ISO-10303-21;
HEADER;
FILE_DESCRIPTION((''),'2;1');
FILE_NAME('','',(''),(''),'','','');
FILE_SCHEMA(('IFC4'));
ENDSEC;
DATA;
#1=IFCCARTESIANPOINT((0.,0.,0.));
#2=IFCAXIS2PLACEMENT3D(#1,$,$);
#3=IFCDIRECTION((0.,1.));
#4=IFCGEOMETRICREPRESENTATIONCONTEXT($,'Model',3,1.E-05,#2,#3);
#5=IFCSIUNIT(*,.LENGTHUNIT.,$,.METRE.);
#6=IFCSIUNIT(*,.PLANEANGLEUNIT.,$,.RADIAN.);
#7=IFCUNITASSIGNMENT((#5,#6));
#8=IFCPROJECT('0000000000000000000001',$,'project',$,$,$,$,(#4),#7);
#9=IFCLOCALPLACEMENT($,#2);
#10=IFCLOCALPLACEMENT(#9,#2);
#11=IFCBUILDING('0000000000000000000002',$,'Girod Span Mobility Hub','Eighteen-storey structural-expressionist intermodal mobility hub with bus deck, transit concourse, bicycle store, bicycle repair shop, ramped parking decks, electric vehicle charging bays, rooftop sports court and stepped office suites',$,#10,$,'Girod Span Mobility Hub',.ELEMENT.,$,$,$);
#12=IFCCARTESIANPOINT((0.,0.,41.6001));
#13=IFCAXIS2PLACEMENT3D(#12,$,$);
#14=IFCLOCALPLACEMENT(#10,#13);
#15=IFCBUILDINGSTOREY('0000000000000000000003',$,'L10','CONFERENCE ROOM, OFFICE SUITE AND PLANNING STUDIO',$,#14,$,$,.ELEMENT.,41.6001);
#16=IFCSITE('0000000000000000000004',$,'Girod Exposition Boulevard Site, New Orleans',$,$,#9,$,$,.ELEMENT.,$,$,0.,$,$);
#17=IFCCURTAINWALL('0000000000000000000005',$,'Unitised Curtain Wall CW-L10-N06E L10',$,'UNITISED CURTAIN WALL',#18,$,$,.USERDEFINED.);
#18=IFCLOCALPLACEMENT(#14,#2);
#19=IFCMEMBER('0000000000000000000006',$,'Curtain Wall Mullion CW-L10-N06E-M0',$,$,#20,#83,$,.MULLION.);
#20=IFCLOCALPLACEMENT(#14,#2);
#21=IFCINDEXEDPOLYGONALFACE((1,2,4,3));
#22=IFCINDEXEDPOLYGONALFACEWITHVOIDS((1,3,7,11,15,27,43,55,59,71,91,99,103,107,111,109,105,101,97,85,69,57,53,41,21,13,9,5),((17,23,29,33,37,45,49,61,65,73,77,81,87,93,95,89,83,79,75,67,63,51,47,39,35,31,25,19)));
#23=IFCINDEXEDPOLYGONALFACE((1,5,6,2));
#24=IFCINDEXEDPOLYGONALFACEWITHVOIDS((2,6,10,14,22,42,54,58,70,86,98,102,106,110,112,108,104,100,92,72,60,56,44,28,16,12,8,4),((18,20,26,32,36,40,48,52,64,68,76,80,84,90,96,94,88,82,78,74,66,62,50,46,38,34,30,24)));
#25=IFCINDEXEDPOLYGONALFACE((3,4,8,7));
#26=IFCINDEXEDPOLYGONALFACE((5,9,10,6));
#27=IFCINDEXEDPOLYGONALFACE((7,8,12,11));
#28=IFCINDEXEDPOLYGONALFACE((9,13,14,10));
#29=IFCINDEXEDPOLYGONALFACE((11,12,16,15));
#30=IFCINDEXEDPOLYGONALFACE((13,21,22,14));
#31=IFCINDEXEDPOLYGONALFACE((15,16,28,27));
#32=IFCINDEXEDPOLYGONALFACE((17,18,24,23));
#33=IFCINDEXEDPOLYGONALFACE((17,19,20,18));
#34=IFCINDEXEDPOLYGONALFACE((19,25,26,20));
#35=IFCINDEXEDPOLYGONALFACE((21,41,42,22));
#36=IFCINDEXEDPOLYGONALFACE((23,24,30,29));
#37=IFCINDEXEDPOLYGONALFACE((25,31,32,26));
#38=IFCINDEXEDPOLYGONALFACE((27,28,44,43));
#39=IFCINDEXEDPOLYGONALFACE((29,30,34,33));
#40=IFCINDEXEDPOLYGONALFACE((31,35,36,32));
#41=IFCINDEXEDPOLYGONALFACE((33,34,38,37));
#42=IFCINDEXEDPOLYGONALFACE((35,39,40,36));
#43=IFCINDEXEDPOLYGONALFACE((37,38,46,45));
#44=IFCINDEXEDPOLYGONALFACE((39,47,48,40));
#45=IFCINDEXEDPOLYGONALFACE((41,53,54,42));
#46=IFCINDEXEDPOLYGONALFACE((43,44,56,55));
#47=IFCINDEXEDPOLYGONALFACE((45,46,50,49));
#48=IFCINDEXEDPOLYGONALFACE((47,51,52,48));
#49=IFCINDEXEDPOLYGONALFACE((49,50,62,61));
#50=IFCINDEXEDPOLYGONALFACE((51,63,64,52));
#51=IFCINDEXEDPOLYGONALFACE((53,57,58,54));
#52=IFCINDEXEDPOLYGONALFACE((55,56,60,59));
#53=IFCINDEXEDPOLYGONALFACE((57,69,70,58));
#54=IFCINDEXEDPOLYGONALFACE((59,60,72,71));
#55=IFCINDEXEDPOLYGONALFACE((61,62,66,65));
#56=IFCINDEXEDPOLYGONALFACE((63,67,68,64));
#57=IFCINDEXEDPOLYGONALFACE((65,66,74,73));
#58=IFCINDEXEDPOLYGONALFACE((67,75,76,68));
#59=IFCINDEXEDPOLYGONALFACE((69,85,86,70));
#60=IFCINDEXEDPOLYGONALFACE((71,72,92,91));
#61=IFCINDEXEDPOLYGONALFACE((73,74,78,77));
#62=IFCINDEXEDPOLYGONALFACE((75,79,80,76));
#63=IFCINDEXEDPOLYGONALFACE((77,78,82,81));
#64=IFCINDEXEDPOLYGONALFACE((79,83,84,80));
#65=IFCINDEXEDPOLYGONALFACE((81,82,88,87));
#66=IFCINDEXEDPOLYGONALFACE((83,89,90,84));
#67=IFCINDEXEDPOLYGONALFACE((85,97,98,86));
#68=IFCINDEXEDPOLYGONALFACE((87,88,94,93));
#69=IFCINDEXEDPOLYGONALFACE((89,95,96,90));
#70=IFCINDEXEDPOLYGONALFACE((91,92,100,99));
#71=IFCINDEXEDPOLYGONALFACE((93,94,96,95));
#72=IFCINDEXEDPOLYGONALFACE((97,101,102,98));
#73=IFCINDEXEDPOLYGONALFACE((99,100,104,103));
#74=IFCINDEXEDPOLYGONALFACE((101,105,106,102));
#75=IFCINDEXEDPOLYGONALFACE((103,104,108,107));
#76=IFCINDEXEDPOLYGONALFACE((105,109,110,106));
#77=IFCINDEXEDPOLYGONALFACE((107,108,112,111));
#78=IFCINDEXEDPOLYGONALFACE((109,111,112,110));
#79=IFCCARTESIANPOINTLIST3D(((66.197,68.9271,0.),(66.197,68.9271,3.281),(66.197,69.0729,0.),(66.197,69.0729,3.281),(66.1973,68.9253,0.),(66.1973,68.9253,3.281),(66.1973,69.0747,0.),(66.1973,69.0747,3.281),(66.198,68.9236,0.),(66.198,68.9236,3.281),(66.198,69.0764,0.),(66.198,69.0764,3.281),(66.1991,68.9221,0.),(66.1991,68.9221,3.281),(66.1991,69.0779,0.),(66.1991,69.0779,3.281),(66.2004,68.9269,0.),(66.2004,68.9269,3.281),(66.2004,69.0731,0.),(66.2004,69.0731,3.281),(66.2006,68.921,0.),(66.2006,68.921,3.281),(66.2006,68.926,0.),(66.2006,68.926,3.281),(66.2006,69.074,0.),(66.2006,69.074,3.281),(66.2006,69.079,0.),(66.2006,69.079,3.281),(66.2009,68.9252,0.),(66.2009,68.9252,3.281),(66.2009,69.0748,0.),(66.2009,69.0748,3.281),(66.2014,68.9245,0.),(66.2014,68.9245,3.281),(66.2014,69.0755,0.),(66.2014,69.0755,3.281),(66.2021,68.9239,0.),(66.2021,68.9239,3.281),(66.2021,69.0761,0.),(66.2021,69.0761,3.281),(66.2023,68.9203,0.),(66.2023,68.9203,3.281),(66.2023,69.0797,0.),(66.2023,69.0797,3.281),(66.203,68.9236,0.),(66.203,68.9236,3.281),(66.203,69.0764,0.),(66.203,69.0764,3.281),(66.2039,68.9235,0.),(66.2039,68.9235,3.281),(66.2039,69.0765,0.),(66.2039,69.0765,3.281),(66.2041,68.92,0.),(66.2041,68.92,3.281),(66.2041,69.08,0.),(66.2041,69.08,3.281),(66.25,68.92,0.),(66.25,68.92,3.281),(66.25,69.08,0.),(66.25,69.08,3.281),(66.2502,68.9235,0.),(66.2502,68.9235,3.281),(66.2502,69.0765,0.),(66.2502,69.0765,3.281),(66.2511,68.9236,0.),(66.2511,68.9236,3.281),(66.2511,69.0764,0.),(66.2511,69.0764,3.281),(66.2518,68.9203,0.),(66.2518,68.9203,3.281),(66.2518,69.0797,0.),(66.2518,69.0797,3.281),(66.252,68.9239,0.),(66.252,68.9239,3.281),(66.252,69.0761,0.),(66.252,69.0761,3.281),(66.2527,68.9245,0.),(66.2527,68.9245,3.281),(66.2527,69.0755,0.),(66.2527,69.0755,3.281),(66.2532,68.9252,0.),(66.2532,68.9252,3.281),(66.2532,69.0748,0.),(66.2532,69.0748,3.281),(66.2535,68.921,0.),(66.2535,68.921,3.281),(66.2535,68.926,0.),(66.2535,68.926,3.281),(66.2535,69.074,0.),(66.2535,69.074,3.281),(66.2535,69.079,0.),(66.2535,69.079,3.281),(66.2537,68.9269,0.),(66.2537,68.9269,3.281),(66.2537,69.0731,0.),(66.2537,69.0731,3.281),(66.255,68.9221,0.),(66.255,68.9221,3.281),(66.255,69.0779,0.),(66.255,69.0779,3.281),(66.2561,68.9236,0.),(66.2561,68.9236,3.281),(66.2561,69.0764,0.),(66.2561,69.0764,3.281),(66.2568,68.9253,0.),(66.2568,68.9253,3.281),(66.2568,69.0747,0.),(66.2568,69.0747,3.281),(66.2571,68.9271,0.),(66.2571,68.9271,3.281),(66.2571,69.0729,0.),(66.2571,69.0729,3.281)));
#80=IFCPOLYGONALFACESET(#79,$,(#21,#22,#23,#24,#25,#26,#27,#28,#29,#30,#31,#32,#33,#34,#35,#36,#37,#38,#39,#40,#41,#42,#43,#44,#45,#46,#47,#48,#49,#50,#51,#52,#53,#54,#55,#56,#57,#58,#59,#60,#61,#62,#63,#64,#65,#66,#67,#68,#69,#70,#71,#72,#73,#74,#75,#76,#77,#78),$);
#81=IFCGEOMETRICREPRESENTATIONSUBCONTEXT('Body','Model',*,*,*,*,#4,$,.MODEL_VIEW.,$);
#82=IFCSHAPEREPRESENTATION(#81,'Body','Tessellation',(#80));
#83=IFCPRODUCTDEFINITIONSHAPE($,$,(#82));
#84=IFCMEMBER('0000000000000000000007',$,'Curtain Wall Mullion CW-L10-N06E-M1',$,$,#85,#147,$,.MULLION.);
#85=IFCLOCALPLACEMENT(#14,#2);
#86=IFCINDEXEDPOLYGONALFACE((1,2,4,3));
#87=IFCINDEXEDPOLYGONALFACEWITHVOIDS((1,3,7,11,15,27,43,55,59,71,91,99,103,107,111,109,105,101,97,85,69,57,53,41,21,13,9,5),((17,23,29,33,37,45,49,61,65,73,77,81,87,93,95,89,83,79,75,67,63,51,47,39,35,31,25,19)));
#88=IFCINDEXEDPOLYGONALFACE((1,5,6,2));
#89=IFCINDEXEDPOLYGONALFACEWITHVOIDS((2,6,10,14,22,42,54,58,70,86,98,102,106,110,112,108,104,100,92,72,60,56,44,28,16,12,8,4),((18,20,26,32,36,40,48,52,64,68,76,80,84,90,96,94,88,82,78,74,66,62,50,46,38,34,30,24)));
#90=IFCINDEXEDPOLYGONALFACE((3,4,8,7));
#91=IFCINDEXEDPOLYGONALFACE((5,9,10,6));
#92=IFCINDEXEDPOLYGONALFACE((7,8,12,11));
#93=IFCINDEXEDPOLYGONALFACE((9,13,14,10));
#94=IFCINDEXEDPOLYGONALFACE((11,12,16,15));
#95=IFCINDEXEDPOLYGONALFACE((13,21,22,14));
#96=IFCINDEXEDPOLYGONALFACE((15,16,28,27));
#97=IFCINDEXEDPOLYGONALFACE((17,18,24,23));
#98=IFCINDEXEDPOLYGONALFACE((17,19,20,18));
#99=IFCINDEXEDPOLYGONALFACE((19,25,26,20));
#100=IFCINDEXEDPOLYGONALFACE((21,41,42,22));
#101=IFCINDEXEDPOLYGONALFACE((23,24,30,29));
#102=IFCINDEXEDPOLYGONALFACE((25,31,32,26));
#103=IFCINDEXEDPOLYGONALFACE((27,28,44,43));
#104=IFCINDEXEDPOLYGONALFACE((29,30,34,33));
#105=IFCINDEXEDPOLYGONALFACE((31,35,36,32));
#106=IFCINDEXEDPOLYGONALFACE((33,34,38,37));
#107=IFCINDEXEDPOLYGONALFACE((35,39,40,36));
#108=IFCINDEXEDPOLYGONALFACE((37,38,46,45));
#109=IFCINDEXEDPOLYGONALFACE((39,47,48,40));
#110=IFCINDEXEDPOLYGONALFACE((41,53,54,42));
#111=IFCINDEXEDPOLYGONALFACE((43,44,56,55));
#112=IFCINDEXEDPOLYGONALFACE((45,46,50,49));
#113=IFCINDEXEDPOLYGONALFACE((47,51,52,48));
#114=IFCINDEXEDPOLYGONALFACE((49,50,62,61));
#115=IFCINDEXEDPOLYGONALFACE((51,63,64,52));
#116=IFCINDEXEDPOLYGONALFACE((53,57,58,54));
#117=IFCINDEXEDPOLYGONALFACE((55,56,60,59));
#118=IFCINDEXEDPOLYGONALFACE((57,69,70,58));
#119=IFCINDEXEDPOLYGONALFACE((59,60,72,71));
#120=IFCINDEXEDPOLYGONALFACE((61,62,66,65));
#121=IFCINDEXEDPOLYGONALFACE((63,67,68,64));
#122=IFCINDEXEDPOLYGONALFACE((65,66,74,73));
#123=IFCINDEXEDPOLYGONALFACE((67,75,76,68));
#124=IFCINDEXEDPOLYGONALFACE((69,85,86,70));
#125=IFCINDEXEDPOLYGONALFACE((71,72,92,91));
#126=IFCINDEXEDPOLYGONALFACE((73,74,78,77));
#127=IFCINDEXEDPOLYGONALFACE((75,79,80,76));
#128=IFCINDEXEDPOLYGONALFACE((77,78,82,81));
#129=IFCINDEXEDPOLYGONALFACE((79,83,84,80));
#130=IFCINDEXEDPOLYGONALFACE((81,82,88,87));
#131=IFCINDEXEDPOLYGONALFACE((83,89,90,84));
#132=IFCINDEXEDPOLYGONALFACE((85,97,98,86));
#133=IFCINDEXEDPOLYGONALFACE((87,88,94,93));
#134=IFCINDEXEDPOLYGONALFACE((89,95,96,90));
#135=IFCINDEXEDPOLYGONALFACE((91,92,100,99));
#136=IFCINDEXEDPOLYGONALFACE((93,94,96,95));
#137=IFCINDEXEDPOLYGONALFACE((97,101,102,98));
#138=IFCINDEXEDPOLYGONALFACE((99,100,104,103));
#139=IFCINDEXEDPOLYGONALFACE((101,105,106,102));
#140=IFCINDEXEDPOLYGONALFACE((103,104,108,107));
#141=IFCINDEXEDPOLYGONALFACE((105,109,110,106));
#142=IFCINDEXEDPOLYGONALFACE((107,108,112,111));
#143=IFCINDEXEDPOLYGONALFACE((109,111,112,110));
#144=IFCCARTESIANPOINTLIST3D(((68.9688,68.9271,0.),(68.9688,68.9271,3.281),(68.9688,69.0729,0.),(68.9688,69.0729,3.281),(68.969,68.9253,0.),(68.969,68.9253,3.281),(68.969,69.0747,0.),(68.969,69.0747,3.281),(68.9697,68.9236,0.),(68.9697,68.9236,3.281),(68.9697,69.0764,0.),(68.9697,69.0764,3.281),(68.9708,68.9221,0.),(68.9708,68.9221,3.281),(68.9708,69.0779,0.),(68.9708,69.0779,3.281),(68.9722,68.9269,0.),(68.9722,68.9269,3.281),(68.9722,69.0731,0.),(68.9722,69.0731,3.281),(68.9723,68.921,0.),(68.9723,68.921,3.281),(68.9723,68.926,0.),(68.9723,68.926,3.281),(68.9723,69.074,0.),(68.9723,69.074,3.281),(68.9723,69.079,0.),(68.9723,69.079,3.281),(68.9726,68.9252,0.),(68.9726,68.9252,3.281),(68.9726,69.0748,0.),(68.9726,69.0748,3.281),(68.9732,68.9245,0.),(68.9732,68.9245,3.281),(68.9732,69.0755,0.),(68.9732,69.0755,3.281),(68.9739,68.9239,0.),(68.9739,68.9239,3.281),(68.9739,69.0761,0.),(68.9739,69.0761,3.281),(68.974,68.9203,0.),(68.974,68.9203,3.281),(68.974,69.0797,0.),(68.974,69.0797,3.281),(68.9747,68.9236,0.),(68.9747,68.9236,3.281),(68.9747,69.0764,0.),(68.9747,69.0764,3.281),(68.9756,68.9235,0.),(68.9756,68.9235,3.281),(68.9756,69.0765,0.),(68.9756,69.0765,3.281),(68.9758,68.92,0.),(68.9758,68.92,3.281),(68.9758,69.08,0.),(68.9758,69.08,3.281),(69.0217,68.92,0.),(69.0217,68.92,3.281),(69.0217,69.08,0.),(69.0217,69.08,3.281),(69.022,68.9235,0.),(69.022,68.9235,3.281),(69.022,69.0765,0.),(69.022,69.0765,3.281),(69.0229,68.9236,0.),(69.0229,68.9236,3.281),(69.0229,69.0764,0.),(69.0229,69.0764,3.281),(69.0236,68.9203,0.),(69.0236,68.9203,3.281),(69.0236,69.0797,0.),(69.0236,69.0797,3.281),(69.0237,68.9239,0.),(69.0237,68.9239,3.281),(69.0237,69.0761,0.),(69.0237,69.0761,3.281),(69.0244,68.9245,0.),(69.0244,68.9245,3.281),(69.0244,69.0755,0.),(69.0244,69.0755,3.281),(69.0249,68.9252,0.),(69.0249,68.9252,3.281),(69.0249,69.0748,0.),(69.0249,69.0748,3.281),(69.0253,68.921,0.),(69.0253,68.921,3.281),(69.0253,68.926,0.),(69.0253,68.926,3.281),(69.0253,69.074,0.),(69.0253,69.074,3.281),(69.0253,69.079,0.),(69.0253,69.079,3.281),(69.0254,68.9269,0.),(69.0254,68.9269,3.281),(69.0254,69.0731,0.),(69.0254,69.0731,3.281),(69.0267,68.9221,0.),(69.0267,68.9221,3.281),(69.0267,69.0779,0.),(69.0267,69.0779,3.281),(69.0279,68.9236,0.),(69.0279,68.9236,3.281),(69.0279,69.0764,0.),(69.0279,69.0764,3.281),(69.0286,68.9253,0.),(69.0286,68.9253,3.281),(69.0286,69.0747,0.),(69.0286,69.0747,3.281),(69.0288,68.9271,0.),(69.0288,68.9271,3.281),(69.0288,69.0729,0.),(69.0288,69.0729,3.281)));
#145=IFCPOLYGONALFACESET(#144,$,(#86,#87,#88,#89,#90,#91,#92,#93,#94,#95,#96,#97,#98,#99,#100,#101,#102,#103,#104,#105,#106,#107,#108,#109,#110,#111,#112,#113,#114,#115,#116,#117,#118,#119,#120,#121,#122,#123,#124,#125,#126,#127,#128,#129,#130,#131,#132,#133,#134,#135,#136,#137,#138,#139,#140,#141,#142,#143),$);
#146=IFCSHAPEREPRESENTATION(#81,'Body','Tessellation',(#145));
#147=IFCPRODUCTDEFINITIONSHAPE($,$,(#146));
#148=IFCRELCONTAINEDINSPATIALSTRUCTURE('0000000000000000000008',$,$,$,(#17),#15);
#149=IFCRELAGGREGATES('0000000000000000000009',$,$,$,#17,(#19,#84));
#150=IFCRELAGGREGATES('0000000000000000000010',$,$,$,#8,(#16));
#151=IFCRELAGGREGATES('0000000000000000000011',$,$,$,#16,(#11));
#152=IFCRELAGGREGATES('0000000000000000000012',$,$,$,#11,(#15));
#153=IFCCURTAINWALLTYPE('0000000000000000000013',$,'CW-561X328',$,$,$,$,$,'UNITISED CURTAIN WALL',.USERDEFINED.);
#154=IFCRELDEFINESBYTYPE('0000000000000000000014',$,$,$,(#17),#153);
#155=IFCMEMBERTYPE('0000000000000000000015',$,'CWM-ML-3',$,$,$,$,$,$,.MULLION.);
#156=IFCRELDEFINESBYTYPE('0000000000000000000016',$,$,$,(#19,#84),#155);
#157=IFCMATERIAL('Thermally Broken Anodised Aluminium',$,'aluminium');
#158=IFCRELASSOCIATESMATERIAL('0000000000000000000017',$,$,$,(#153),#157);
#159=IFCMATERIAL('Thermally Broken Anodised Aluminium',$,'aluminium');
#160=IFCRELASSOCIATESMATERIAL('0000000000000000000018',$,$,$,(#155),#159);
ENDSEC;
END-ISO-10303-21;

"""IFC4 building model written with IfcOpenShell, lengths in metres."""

from ifc_helpers import new_model, si_unit, direction, frame, origin, origin_2d, place, context, subcontext, project, spatial, hollow_rectangle, extrude, material, material_profile, profile_set, type_object, element, aggregate, save


model = new_model("IFC4")

# Units and contexts
model_context = context("Model", 3, precision=1e-05, world=origin(), true_north=direction((0.0, 1.0)))
body_context = subcontext(model_context, "Body", "Model", "MODEL_VIEW")
ifc_project = project(units=[si_unit("LENGTHUNIT", "METRE"), si_unit("PLANEANGLEUNIT", "RADIAN")], contexts=[model_context])

# Site, building, storey
site_placement = place(None, origin())
site = spatial("IfcSite", under=ifc_project, at=site_placement, Name="Girod Exposition Boulevard Site, New Orleans", CompositionType="ELEMENT", RefElevation=0.0)
building_placement = place(site_placement, origin())
building = spatial("IfcBuilding", under=site, at=building_placement, Name="Girod Span Mobility Hub", Description="Eighteen-storey structural-expressionist intermodal mobility hub with bus deck, transit concourse, bicycle store, bicycle repair shop, ramped parking decks, electric vehicle charging bays, rooftop sports court and stepped office suites", LongName="Girod Span Mobility Hub", CompositionType="ELEMENT")
storey_placement = place(building_placement, frame((0.0, 0.0, 41.6001)))
storey = spatial("IfcBuildingStorey", under=building, at=storey_placement, Name="L10", Description="CONFERENCE ROOM, OFFICE SUITE AND PLANNING STUDIO", CompositionType="ELEMENT", Elevation=41.6001)

# Curtain wall, members
ifc_material_1 = material(Name="Thermally Broken Anodised Aluminium", Category="aluminium")
curtain_wall_type = type_object("IfcCurtainWallType", Name="CW-561X328", ElementType="UNITISED CURTAIN WALL", PredefinedType="USERDEFINED", material=ifc_material_1)
ifc_material_2 = material(Name="Thermally Broken Anodised Aluminium", Category="aluminium")
ifc_material_profile_1 = material_profile(ifc_material_2, hollow_rectangle(XDim=0.1599, YDim=0.0601, WallThickness=0.0034, InnerFilletRadius=0.0034, OuterFilletRadius=0.0071, at=origin_2d()), Name="CW-ML-60X160")
ifc_profile_set_1 = profile_set([ifc_material_profile_1], Name="Thermally Broken Anodised Aluminium")
member_type_1 = type_object("IfcMemberType", Name="CWM-ML-3", PredefinedType="MULLION", material=ifc_profile_set_1)
curtain_wall_1_placement = place(storey_placement, origin())
curtain_wall_1 = element("IfcCurtainWall", 1, at=curtain_wall_1_placement, inside=storey, type_object=curtain_wall_type, Name="Unitised Curtain Wall CW-L10-N06E L10", ObjectType="UNITISED CURTAIN WALL", PredefinedType="USERDEFINED")
member_1_placement = place(storey_placement, frame((66.2271, 69.0, 0.0), z_axis=(0.0, 0.0, 1.0), x_axis=(0.0, 1.0, 0.0)))
member_1 = element("IfcMember", 2, at=member_1_placement, type_object=member_type_1, Name="Curtain Wall Mullion CW-L10-N06E-M0", PredefinedType="MULLION", context=body_context, shape_type="SweptSolid", body=[
    extrude(hollow_rectangle(XDim=0.1599, YDim=0.0601, WallThickness=0.0034, InnerFilletRadius=0.0034, OuterFilletRadius=0.0071, at=origin_2d()), origin(), (0.0, 0.0, 1.0), 3.281),
])
member_2_placement = place(storey_placement, frame((68.9988, 69.0, 0.0), z_axis=(0.0, 0.0, 1.0), x_axis=(0.0, 1.0, 0.0)))
member_2 = element("IfcMember", 3, at=member_2_placement, type_object=member_type_1, Name="Curtain Wall Mullion CW-L10-N06E-M1", PredefinedType="MULLION", context=body_context, shape_type="SweptSolid", body=[
    extrude(hollow_rectangle(XDim=0.1599, YDim=0.0601, WallThickness=0.0034, InnerFilletRadius=0.0034, OuterFilletRadius=0.0071, at=origin_2d()), origin(), (0.0, 0.0, 1.0), 3.281),
])

aggregate(curtain_wall_1, [member_1, member_2])

save(model, "model.ifc")
